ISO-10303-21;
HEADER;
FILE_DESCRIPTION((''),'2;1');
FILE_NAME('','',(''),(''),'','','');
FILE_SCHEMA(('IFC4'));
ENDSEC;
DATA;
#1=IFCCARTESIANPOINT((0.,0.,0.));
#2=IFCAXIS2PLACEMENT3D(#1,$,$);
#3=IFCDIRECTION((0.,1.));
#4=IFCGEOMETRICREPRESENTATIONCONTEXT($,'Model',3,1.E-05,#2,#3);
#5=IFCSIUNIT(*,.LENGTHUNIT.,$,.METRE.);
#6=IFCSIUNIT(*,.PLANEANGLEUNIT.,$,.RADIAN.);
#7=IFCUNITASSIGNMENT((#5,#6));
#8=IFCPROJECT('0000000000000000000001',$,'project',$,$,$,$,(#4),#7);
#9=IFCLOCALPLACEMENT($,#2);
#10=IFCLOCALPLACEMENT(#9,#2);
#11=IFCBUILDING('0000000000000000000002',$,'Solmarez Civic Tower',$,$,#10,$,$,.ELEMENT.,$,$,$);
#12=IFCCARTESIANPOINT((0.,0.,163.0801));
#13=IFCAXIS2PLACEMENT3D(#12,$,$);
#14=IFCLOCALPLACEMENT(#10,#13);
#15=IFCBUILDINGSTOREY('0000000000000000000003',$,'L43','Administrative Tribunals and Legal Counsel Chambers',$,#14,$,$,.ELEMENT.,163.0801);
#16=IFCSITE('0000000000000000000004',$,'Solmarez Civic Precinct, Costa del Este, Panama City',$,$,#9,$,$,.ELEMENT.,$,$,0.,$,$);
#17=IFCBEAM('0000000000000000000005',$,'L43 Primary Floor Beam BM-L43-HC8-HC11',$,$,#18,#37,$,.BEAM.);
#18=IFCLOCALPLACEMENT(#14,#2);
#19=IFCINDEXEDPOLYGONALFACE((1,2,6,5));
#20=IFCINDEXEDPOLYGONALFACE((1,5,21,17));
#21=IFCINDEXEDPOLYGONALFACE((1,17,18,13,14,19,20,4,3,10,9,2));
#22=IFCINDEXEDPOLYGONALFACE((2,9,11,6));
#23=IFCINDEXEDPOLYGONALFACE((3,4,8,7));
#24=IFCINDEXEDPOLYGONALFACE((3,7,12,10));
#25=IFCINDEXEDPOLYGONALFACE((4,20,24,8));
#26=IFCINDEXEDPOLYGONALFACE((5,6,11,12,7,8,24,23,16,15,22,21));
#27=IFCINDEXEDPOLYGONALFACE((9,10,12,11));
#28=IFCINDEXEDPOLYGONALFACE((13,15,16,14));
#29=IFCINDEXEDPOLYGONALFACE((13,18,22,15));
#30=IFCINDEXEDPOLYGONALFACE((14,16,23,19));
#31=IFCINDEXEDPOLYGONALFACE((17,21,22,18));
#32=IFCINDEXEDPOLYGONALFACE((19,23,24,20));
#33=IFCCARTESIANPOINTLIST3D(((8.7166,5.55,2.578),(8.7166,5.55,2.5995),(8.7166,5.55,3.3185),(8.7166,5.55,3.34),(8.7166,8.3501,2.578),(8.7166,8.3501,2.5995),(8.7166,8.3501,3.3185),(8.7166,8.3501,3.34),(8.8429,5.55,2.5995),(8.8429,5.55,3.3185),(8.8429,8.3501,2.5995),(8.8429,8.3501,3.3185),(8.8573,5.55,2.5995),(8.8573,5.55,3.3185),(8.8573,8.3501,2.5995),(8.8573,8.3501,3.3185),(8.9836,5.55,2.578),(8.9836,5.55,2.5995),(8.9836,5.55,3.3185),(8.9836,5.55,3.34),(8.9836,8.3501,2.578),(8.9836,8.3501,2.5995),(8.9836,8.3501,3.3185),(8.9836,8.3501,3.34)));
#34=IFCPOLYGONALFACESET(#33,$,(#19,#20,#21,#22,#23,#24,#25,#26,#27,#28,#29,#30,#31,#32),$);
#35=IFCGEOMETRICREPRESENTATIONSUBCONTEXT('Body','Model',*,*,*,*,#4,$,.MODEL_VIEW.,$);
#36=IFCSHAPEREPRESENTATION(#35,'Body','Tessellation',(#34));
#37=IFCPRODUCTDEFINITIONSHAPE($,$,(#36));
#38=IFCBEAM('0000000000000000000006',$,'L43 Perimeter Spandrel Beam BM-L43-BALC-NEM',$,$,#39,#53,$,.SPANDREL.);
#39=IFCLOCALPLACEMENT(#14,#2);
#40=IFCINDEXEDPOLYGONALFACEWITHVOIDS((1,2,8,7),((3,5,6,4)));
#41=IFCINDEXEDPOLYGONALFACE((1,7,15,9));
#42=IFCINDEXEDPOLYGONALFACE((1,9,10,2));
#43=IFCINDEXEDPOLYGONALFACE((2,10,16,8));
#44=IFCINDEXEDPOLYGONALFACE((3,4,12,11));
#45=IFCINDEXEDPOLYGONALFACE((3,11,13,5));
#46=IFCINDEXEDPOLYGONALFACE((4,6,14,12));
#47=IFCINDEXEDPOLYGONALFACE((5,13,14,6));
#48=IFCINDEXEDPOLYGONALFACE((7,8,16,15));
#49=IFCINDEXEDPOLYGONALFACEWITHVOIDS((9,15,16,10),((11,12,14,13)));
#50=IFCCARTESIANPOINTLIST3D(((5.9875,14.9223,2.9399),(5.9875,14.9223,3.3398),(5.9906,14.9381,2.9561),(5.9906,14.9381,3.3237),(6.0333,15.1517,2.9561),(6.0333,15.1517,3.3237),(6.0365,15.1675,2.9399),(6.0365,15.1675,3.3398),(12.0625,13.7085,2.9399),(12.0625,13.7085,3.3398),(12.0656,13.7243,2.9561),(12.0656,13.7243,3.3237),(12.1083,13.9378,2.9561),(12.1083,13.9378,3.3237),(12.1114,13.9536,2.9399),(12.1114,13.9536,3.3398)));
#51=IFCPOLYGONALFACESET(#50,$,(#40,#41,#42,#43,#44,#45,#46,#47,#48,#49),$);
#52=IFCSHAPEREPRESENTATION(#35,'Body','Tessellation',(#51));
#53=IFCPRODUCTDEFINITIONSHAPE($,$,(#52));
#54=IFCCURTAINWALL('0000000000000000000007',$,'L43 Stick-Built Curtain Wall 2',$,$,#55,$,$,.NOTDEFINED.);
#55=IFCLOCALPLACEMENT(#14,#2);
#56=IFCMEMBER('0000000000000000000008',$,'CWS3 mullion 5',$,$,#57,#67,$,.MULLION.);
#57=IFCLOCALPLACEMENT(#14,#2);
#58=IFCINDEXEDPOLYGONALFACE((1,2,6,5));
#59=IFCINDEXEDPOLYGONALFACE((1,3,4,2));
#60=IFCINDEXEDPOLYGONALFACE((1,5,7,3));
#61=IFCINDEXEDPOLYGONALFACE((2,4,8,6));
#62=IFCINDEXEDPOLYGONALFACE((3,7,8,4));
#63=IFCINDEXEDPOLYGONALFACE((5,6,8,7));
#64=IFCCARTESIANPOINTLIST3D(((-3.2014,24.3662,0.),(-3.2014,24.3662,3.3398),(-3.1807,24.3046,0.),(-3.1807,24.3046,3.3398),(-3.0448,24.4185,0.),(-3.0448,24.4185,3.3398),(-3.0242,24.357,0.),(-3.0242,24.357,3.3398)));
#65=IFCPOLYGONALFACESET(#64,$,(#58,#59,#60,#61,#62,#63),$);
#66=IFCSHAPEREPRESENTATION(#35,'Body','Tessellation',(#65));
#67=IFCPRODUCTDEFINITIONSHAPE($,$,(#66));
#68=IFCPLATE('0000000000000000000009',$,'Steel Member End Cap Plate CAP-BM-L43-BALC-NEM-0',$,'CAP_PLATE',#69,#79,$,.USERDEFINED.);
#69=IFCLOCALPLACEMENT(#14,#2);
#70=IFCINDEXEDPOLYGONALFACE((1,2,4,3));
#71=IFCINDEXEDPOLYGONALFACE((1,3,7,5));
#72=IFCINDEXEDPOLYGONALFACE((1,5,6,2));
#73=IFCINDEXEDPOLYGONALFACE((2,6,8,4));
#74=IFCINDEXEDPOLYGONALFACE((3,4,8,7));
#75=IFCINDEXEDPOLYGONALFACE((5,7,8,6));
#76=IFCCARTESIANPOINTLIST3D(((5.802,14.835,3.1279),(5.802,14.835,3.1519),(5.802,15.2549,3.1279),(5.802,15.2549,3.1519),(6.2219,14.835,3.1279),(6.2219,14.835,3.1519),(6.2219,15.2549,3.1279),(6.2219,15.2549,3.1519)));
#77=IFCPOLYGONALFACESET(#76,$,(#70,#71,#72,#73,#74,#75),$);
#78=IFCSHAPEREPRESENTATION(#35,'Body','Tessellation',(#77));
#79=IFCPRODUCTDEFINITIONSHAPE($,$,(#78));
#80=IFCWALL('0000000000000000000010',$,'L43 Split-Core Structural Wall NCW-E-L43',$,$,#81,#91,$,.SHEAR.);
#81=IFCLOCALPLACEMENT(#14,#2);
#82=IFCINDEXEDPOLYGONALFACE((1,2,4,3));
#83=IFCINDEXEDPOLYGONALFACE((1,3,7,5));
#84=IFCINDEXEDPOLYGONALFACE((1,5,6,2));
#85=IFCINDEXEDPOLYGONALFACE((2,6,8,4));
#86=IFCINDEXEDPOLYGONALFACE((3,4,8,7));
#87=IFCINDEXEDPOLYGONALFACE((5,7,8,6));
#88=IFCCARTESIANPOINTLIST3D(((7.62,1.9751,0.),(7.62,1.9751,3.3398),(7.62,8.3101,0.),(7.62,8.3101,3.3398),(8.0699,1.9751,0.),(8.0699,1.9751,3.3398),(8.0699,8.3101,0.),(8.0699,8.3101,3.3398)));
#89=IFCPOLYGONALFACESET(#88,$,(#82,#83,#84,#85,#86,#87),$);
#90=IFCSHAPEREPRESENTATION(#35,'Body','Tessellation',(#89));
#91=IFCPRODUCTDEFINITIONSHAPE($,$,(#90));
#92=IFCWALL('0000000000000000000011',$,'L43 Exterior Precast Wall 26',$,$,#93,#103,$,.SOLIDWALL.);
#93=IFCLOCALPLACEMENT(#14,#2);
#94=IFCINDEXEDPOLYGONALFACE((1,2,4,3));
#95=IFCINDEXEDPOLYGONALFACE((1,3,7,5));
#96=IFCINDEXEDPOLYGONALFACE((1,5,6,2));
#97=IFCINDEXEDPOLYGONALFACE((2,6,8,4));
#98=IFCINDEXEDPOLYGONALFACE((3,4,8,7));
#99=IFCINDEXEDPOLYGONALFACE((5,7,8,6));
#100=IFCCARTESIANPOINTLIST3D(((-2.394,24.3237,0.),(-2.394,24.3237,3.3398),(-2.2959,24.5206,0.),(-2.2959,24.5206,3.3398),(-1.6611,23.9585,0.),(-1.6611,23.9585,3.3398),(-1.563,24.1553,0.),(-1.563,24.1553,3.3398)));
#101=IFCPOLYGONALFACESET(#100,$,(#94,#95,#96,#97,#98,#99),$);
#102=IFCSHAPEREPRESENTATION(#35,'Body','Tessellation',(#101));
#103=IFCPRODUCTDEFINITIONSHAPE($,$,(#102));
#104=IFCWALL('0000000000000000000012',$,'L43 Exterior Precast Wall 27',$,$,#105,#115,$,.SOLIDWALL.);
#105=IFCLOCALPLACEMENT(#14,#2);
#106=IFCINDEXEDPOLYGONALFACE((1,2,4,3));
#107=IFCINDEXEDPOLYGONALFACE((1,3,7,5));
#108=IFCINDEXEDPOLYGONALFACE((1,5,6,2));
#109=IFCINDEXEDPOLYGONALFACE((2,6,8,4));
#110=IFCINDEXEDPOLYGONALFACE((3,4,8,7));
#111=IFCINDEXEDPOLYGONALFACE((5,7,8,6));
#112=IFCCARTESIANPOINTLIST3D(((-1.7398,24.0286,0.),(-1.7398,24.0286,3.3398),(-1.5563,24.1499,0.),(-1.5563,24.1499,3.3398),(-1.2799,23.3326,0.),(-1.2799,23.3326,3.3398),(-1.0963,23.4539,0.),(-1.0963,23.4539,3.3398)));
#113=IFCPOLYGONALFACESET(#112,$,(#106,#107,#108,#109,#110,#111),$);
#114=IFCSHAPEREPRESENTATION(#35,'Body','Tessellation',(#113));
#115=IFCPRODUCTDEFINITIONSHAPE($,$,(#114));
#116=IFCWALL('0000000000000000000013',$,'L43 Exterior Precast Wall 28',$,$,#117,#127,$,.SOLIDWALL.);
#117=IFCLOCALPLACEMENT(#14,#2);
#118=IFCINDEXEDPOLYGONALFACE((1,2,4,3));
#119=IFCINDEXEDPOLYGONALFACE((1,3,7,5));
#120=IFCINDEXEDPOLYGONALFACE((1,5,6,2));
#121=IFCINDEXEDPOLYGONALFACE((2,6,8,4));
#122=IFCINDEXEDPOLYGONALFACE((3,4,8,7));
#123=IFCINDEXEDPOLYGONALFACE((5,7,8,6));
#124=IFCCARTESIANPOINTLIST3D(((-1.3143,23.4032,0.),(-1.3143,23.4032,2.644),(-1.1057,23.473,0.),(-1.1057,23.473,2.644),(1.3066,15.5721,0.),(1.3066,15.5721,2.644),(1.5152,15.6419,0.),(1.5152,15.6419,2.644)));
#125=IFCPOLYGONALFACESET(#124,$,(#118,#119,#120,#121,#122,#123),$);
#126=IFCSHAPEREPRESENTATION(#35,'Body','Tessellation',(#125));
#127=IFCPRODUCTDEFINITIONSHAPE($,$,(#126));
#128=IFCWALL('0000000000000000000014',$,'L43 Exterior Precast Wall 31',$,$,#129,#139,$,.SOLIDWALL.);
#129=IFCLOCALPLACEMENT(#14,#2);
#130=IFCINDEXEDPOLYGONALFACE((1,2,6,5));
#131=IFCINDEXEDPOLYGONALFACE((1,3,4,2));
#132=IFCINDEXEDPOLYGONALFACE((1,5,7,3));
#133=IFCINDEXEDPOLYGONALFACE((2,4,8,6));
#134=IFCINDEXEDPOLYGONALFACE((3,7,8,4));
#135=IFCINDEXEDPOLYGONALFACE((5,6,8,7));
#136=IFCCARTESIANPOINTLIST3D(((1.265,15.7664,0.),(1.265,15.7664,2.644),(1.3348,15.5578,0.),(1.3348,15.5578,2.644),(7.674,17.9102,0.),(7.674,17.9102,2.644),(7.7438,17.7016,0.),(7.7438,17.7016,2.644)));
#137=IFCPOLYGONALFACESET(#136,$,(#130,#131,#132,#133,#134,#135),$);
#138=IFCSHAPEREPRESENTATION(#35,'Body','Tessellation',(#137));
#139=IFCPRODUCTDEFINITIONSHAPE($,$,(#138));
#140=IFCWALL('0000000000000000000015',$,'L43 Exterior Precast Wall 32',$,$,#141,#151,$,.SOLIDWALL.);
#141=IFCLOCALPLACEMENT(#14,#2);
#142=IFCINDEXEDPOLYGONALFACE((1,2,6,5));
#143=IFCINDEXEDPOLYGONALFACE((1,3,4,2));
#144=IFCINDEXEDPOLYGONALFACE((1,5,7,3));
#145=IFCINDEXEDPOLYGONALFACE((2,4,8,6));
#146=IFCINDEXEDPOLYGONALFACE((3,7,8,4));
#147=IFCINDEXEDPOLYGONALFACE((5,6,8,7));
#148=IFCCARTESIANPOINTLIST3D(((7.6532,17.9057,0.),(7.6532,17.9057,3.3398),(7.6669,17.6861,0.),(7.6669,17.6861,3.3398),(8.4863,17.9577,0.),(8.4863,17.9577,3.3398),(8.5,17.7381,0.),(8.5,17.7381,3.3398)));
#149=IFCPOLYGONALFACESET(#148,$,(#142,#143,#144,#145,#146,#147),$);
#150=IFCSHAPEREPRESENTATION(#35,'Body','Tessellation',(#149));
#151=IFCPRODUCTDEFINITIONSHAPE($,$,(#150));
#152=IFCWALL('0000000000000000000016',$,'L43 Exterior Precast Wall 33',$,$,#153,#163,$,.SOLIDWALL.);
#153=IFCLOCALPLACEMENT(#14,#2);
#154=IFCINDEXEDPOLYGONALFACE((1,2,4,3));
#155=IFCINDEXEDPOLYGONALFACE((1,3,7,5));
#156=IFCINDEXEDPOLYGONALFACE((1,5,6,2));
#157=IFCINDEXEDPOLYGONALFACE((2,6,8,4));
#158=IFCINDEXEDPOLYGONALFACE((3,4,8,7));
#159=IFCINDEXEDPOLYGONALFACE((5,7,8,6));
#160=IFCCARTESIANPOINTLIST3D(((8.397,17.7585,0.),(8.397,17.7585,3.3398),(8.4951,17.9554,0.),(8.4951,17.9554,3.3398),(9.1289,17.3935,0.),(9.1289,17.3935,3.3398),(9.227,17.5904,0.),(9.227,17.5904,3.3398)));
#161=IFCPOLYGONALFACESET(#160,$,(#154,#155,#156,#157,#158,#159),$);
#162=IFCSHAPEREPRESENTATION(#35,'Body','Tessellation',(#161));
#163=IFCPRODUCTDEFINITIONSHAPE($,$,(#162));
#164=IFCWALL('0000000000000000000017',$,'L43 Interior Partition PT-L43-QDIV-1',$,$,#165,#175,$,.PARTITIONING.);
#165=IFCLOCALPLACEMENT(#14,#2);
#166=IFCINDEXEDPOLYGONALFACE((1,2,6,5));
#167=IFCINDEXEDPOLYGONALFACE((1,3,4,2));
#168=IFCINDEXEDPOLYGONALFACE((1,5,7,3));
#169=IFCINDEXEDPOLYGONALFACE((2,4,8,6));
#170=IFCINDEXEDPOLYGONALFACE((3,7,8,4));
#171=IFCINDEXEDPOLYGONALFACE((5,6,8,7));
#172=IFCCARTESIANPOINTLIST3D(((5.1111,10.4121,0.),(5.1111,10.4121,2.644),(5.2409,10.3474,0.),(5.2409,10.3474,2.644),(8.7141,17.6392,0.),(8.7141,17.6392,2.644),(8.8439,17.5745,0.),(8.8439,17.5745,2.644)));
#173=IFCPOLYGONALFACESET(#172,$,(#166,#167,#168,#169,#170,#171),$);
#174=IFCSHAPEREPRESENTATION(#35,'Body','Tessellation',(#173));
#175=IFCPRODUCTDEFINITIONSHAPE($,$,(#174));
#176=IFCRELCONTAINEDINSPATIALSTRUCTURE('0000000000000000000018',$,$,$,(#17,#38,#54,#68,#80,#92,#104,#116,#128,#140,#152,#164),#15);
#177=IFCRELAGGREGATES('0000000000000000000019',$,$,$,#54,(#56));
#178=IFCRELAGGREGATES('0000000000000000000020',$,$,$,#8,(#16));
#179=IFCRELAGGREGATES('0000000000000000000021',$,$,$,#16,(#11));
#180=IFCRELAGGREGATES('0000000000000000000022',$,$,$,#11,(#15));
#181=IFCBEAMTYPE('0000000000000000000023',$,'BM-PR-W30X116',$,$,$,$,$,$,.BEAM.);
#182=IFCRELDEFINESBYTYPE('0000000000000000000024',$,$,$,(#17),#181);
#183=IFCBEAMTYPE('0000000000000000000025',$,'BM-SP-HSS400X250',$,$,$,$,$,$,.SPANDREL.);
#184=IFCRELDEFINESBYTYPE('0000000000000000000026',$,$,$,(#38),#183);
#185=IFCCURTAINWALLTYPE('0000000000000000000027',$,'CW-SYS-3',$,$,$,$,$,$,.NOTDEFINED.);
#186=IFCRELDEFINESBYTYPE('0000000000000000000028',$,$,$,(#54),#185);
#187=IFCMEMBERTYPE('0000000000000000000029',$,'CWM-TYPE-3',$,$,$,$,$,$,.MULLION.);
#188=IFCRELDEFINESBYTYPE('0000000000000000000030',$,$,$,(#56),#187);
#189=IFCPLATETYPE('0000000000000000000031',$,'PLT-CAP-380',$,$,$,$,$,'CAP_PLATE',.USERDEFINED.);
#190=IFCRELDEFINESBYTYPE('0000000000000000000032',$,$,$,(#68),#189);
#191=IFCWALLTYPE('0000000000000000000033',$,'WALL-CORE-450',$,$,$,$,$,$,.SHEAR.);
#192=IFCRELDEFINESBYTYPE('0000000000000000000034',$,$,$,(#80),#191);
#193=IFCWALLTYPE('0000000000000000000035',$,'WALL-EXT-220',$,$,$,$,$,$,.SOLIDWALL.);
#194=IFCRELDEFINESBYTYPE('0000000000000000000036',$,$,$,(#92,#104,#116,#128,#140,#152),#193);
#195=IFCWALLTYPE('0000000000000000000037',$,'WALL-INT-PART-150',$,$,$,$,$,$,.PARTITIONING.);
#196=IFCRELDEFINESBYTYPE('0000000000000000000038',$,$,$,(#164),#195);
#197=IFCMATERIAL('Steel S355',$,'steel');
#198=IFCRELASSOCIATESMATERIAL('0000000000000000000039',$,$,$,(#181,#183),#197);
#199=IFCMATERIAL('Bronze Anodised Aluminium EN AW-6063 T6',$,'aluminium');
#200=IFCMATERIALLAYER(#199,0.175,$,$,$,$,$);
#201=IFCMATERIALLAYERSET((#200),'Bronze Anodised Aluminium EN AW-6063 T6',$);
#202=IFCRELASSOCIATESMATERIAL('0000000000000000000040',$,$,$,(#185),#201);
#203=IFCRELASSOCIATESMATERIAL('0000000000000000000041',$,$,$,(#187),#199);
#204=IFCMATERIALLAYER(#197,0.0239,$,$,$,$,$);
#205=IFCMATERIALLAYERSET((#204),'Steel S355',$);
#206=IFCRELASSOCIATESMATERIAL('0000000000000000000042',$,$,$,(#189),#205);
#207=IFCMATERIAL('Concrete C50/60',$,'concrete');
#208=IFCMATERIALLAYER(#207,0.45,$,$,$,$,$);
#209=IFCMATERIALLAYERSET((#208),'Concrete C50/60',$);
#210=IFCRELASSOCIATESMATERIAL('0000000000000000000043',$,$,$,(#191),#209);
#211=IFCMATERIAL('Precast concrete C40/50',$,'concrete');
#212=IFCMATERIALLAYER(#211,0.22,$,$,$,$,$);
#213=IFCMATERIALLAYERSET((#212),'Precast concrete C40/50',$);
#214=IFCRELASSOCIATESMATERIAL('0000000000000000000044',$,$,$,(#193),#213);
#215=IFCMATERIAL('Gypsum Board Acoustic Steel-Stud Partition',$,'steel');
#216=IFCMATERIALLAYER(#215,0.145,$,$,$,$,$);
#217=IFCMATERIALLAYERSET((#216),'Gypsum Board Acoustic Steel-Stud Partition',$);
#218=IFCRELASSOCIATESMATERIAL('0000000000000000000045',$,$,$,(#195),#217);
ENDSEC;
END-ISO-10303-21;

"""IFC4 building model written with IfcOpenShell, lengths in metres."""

from ifc_helpers import new_model, si_unit, direction, frame, frame_2d, origin, origin_2d, place, context, subcontext, project, spatial, rectangle, hollow_rectangle, i_section, extrude, material, layer, layer_set, material_profile, profile_set, type_object, element, aggregate, save


model = new_model("IFC4")

# Units and contexts
model_context = context("Model", 3, precision=1e-05, world=origin(), true_north=direction((0.0, 1.0)))
body_context = subcontext(model_context, "Body", "Model", "MODEL_VIEW")
ifc_project = project(units=[si_unit("LENGTHUNIT", "METRE"), si_unit("PLANEANGLEUNIT", "RADIAN")], contexts=[model_context])

# Site, building, storey
site_placement = place(None, origin())
site = spatial("IfcSite", under=ifc_project, at=site_placement, Name="Solmarez Civic Precinct, Costa del Este, Panama City", CompositionType="ELEMENT", RefElevation=0.0)
building_placement = place(site_placement, origin())
building = spatial("IfcBuilding", under=site, at=building_placement, Name="Solmarez Civic Tower", CompositionType="ELEMENT")
storey_placement = place(building_placement, frame((0.0, 0.0, 163.0801)))
storey = spatial("IfcBuildingStorey", under=building, at=storey_placement, Name="L43", Description="Administrative Tribunals and Legal Counsel Chambers", CompositionType="ELEMENT", Elevation=163.0801)

# Beams
ifc_material_1 = material(Name="Steel S355", Category="steel")
ifc_material_profile_1 = material_profile(ifc_material_1, i_section(OverallWidth=0.2671, OverallDepth=0.762, WebThickness=0.0144, FlangeThickness=0.0215, at=origin_2d()), Name="W30X116")
ifc_profile_set_1 = profile_set([ifc_material_profile_1], Name="Steel S355")
beam_type_1 = type_object("IfcBeamType", Name="BM-PR-W30X116", PredefinedType="BEAM", material=ifc_profile_set_1)
beam_1_placement = place(storey_placement, frame((8.8501, 5.55, 2.959), z_axis=(0.0, 1.0, 0.0), x_axis=(-1.0, 0.0, 0.0)))
element("IfcBeam", 1, at=beam_1_placement, inside=storey, type_object=beam_type_1, Name="L43 Primary Floor Beam BM-L43-HC8-HC11", PredefinedType="BEAM", context=body_context, shape_type="SweptSolid", body=[
    extrude(i_section(OverallWidth=0.2671, OverallDepth=0.762, WebThickness=0.0144, FlangeThickness=0.0215, at=origin_2d()), origin(), (0.0, 0.0, 1.0), 2.8),
])
ifc_material_profile_2 = material_profile(ifc_material_1, hollow_rectangle(XDim=0.25, YDim=0.3999, WallThickness=0.0161, at=origin_2d()), Name="HSS400X250X16")
ifc_profile_set_2 = profile_set([ifc_material_profile_2], Name="Steel S355")
beam_type_2 = type_object("IfcBeamType", Name="BM-SP-HSS400X250", PredefinedType="SPANDREL", material=ifc_profile_set_2)
beam_2_placement = place(storey_placement, frame((6.012, 15.0449, 3.1399), z_axis=(0.980616, -0.195942, 0.0), x_axis=(0.195942, 0.980616, 0.0)))
element("IfcBeam", 2, at=beam_2_placement, inside=storey, type_object=beam_type_2, Name="L43 Perimeter Spandrel Beam BM-L43-BALC-NEM", PredefinedType="SPANDREL", context=body_context, shape_type="SweptSolid", body=[
    extrude(hollow_rectangle(XDim=0.25, YDim=0.3999, WallThickness=0.0161, at=origin_2d()), origin(), (0.0, 0.0, 1.0), 6.1951),
])

# Curtain wall, member
ifc_material_2 = material(Name="Bronze Anodised Aluminium EN AW-6063 T6", Category="aluminium")
ifc_layer_1 = layer(ifc_material_2, 0.175)
ifc_layer_set_1 = layer_set([ifc_layer_1], Name="Bronze Anodised Aluminium EN AW-6063 T6")
curtain_wall_type = type_object("IfcCurtainWallType", Name="CW-SYS-3", PredefinedType="NOTDEFINED", material=ifc_layer_set_1)
curtain_wall_placement = place(storey_placement, origin())
curtain_wall = element("IfcCurtainWall", 3, at=curtain_wall_placement, inside=storey, type_object=curtain_wall_type, Name="L43 Stick-Built Curtain Wall 2", PredefinedType="NOTDEFINED")
ifc_material_profile_3 = material_profile(ifc_material_2, rectangle(XDim=0.0649, YDim=0.165, at=origin_2d()), Name="CWM-65X165")
ifc_profile_set_3 = profile_set([ifc_material_profile_3], Name="Bronze Anodised Aluminium EN AW-6063 T6")
member_type = type_object("IfcMemberType", Name="CWM-TYPE-3", PredefinedType="MULLION", material=ifc_profile_set_3)
member_placement = place(storey_placement, frame((-3.1128, 24.3616, 0.0), z_axis=(0.0, 0.0, 1.0), x_axis=(-0.317319, 0.948319, 0.0)))
member = element("IfcMember", 4, at=member_placement, type_object=member_type, Name="CWS3 mullion 5", PredefinedType="MULLION", context=body_context, shape_type="SweptSolid", body=[
    extrude(rectangle(XDim=0.0649, YDim=0.165, at=origin_2d()), origin(), (0.0, 0.0, 1.0), 3.3398),
])
aggregate(curtain_wall, [member])

# Plate
ifc_layer_2 = layer(ifc_material_1, 0.0239)
ifc_layer_set_2 = layer_set([ifc_layer_2], Name="Steel S355")
plate_type = type_object("IfcPlateType", Name="PLT-CAP-380", ElementType="CAP_PLATE", PredefinedType="USERDEFINED", material=ifc_layer_set_2)
plate_placement = place(storey_placement, frame((6.012, 15.0449, 3.1279), z_axis=(0.0, 0.0, 1.0), x_axis=(1.0, 0.0, 0.0)))
element("IfcPlate", 5, at=plate_placement, inside=storey, type_object=plate_type, Name="Steel Member End Cap Plate CAP-BM-L43-BALC-NEM-0", ObjectType="CAP_PLATE", PredefinedType="USERDEFINED", context=body_context, shape_type="SweptSolid", body=[
    extrude(rectangle(XDim=0.4199, YDim=0.4199, at=origin_2d()), origin(), (0.0, 0.0, 1.0), 0.0239),
])

# Walls
ifc_material_3 = material(Name="Concrete C50/60", Category="concrete")
ifc_layer_3 = layer(ifc_material_3, 0.45)
ifc_layer_set_3 = layer_set([ifc_layer_3], Name="Concrete C50/60")
wall_type_1 = type_object("IfcWallType", Name="WALL-CORE-450", PredefinedType="SHEAR", material=ifc_layer_set_3)
wall_1_placement = place(storey_placement, frame((7.845, 8.3101, 0.0), z_axis=(0.0, 0.0, 1.0), x_axis=(0.0, -1.0, 0.0)))
element("IfcWall", 6, at=wall_1_placement, inside=storey, type_object=wall_type_1, Name="L43 Split-Core Structural Wall NCW-E-L43", PredefinedType="SHEAR", context=body_context, shape_type="SweptSolid", body=[
    extrude(rectangle(XDim=6.335, YDim=0.45, at=frame_2d((3.1675, 0.0))), origin(), (0.0, 0.0, 1.0), 3.3398),
])
ifc_material_4 = material(Name="Precast concrete C40/50", Category="concrete")
ifc_layer_4 = layer(ifc_material_4, 0.22)
ifc_layer_set_4 = layer_set([ifc_layer_4], Name="Precast concrete C40/50")
wall_type_2 = type_object("IfcWallType", Name="WALL-EXT-220", PredefinedType="SOLIDWALL", material=ifc_layer_set_4)
wall_2_placement = place(storey_placement, frame((-2.345, 24.4221, 0.0), z_axis=(0.0, 0.0, 1.0), x_axis=(0.895023, -0.446021, 0.0)))
element("IfcWall", 7, at=wall_2_placement, inside=storey, type_object=wall_type_2, Name="L43 Exterior Precast Wall 26", PredefinedType="SOLIDWALL", context=body_context, shape_type="SweptSolid", body=[
    extrude(rectangle(XDim=0.8188, YDim=0.22, at=frame_2d((0.4094, 0.0))), origin(), (0.0, 0.0, 1.0), 3.3398),
])
wall_3_placement = place(storey_placement, frame((-1.6479, 24.0891, 0.0), z_axis=(0.0, 0.0, 1.0), x_axis=(0.551319, -0.834294, 0.0)))
element("IfcWall", 8, at=wall_3_placement, inside=storey, type_object=wall_type_2, Name="L43 Exterior Precast Wall 27", PredefinedType="SOLIDWALL", context=body_context, shape_type="SweptSolid", body=[
    extrude(rectangle(XDim=0.8342, YDim=0.22, at=frame_2d((0.417, 0.0))), origin(), (0.0, 0.0, 1.0), 3.3398),
])
wall_4_placement = place(storey_placement, frame((-1.21, 23.438, 0.0), z_axis=(0.0, 0.0, 1.0), x_axis=(0.317372, -0.948301, 0.0)))
element("IfcWall", 9, at=wall_4_placement, inside=storey, type_object=wall_type_2, Name="L43 Exterior Precast Wall 28", PredefinedType="SOLIDWALL", context=body_context, shape_type="SweptSolid", body=[
    extrude(rectangle(XDim=8.2581, YDim=0.22, at=frame_2d((4.1289, 0.0))), origin(), (0.0, 0.0, 1.0), 2.644),
])
wall_5_placement = place(storey_placement, frame((1.3, 15.6621, 0.0), z_axis=(0.0, 0.0, 1.0), x_axis=(0.94835, 0.317225, 0.0)))
element("IfcWall", 10, at=wall_5_placement, inside=storey, type_object=wall_type_2, Name="L43 Exterior Precast Wall 31", PredefinedType="SOLIDWALL", context=body_context, shape_type="SweptSolid", body=[
    extrude(rectangle(XDim=6.7581, YDim=0.22, at=frame_2d((3.3789, 0.0))), origin(), (0.0, 0.0, 1.0), 2.644),
])
wall_6_placement = place(storey_placement, frame((7.6599, 17.7959, 0.0), z_axis=(0.0, 0.0, 1.0), x_axis=(0.998057, 0.062305, 0.0)))
element("IfcWall", 11, at=wall_6_placement, inside=storey, type_object=wall_type_2, Name="L43 Exterior Precast Wall 32", PredefinedType="SOLIDWALL", context=body_context, shape_type="SweptSolid", body=[
    extrude(rectangle(XDim=0.8347, YDim=0.22, at=frame_2d((0.4175, 0.0))), origin(), (0.0, 0.0, 1.0), 3.3398),
])
wall_7_placement = place(storey_placement, frame((8.446, 17.8569, 0.0), z_axis=(0.0, 0.0, 1.0), x_axis=(0.894904, -0.446258, 0.0)))
element("IfcWall", 12, at=wall_7_placement, inside=storey, type_object=wall_type_2, Name="L43 Exterior Precast Wall 33", PredefinedType="SOLIDWALL", context=body_context, shape_type="SweptSolid", body=[
    extrude(rectangle(XDim=0.8179, YDim=0.22, at=frame_2d((0.4089, 0.0))), origin(), (0.0, 0.0, 1.0), 3.3398),
])
ifc_material_5 = material(Name="Gypsum Board Acoustic Steel-Stud Partition", Category="steel")
ifc_layer_5 = layer(ifc_material_5, 0.145)
ifc_layer_set_5 = layer_set([ifc_layer_5], Name="Gypsum Board Acoustic Steel-Stud Partition")
wall_type_3 = type_object("IfcWallType", Name="WALL-INT-PART-150", PredefinedType="PARTITIONING", material=ifc_layer_set_5)
wall_8_placement = place(storey_placement, frame((5.176, 10.3799, 0.0), z_axis=(0.0, 0.0, 1.0), x_axis=(0.446173, 0.894947, 0.0)))
element("IfcWall", 13, at=wall_8_placement, inside=storey, type_object=wall_type_3, Name="L43 Interior Partition PT-L43-QDIV-1", PredefinedType="PARTITIONING", context=body_context, shape_type="SweptSolid", body=[
    extrude(rectangle(XDim=8.0754, YDim=0.145, at=frame_2d((4.0376, 0.0))), origin(), (0.0, 0.0, 1.0), 2.644),
])

save(model, "model.ifc")
